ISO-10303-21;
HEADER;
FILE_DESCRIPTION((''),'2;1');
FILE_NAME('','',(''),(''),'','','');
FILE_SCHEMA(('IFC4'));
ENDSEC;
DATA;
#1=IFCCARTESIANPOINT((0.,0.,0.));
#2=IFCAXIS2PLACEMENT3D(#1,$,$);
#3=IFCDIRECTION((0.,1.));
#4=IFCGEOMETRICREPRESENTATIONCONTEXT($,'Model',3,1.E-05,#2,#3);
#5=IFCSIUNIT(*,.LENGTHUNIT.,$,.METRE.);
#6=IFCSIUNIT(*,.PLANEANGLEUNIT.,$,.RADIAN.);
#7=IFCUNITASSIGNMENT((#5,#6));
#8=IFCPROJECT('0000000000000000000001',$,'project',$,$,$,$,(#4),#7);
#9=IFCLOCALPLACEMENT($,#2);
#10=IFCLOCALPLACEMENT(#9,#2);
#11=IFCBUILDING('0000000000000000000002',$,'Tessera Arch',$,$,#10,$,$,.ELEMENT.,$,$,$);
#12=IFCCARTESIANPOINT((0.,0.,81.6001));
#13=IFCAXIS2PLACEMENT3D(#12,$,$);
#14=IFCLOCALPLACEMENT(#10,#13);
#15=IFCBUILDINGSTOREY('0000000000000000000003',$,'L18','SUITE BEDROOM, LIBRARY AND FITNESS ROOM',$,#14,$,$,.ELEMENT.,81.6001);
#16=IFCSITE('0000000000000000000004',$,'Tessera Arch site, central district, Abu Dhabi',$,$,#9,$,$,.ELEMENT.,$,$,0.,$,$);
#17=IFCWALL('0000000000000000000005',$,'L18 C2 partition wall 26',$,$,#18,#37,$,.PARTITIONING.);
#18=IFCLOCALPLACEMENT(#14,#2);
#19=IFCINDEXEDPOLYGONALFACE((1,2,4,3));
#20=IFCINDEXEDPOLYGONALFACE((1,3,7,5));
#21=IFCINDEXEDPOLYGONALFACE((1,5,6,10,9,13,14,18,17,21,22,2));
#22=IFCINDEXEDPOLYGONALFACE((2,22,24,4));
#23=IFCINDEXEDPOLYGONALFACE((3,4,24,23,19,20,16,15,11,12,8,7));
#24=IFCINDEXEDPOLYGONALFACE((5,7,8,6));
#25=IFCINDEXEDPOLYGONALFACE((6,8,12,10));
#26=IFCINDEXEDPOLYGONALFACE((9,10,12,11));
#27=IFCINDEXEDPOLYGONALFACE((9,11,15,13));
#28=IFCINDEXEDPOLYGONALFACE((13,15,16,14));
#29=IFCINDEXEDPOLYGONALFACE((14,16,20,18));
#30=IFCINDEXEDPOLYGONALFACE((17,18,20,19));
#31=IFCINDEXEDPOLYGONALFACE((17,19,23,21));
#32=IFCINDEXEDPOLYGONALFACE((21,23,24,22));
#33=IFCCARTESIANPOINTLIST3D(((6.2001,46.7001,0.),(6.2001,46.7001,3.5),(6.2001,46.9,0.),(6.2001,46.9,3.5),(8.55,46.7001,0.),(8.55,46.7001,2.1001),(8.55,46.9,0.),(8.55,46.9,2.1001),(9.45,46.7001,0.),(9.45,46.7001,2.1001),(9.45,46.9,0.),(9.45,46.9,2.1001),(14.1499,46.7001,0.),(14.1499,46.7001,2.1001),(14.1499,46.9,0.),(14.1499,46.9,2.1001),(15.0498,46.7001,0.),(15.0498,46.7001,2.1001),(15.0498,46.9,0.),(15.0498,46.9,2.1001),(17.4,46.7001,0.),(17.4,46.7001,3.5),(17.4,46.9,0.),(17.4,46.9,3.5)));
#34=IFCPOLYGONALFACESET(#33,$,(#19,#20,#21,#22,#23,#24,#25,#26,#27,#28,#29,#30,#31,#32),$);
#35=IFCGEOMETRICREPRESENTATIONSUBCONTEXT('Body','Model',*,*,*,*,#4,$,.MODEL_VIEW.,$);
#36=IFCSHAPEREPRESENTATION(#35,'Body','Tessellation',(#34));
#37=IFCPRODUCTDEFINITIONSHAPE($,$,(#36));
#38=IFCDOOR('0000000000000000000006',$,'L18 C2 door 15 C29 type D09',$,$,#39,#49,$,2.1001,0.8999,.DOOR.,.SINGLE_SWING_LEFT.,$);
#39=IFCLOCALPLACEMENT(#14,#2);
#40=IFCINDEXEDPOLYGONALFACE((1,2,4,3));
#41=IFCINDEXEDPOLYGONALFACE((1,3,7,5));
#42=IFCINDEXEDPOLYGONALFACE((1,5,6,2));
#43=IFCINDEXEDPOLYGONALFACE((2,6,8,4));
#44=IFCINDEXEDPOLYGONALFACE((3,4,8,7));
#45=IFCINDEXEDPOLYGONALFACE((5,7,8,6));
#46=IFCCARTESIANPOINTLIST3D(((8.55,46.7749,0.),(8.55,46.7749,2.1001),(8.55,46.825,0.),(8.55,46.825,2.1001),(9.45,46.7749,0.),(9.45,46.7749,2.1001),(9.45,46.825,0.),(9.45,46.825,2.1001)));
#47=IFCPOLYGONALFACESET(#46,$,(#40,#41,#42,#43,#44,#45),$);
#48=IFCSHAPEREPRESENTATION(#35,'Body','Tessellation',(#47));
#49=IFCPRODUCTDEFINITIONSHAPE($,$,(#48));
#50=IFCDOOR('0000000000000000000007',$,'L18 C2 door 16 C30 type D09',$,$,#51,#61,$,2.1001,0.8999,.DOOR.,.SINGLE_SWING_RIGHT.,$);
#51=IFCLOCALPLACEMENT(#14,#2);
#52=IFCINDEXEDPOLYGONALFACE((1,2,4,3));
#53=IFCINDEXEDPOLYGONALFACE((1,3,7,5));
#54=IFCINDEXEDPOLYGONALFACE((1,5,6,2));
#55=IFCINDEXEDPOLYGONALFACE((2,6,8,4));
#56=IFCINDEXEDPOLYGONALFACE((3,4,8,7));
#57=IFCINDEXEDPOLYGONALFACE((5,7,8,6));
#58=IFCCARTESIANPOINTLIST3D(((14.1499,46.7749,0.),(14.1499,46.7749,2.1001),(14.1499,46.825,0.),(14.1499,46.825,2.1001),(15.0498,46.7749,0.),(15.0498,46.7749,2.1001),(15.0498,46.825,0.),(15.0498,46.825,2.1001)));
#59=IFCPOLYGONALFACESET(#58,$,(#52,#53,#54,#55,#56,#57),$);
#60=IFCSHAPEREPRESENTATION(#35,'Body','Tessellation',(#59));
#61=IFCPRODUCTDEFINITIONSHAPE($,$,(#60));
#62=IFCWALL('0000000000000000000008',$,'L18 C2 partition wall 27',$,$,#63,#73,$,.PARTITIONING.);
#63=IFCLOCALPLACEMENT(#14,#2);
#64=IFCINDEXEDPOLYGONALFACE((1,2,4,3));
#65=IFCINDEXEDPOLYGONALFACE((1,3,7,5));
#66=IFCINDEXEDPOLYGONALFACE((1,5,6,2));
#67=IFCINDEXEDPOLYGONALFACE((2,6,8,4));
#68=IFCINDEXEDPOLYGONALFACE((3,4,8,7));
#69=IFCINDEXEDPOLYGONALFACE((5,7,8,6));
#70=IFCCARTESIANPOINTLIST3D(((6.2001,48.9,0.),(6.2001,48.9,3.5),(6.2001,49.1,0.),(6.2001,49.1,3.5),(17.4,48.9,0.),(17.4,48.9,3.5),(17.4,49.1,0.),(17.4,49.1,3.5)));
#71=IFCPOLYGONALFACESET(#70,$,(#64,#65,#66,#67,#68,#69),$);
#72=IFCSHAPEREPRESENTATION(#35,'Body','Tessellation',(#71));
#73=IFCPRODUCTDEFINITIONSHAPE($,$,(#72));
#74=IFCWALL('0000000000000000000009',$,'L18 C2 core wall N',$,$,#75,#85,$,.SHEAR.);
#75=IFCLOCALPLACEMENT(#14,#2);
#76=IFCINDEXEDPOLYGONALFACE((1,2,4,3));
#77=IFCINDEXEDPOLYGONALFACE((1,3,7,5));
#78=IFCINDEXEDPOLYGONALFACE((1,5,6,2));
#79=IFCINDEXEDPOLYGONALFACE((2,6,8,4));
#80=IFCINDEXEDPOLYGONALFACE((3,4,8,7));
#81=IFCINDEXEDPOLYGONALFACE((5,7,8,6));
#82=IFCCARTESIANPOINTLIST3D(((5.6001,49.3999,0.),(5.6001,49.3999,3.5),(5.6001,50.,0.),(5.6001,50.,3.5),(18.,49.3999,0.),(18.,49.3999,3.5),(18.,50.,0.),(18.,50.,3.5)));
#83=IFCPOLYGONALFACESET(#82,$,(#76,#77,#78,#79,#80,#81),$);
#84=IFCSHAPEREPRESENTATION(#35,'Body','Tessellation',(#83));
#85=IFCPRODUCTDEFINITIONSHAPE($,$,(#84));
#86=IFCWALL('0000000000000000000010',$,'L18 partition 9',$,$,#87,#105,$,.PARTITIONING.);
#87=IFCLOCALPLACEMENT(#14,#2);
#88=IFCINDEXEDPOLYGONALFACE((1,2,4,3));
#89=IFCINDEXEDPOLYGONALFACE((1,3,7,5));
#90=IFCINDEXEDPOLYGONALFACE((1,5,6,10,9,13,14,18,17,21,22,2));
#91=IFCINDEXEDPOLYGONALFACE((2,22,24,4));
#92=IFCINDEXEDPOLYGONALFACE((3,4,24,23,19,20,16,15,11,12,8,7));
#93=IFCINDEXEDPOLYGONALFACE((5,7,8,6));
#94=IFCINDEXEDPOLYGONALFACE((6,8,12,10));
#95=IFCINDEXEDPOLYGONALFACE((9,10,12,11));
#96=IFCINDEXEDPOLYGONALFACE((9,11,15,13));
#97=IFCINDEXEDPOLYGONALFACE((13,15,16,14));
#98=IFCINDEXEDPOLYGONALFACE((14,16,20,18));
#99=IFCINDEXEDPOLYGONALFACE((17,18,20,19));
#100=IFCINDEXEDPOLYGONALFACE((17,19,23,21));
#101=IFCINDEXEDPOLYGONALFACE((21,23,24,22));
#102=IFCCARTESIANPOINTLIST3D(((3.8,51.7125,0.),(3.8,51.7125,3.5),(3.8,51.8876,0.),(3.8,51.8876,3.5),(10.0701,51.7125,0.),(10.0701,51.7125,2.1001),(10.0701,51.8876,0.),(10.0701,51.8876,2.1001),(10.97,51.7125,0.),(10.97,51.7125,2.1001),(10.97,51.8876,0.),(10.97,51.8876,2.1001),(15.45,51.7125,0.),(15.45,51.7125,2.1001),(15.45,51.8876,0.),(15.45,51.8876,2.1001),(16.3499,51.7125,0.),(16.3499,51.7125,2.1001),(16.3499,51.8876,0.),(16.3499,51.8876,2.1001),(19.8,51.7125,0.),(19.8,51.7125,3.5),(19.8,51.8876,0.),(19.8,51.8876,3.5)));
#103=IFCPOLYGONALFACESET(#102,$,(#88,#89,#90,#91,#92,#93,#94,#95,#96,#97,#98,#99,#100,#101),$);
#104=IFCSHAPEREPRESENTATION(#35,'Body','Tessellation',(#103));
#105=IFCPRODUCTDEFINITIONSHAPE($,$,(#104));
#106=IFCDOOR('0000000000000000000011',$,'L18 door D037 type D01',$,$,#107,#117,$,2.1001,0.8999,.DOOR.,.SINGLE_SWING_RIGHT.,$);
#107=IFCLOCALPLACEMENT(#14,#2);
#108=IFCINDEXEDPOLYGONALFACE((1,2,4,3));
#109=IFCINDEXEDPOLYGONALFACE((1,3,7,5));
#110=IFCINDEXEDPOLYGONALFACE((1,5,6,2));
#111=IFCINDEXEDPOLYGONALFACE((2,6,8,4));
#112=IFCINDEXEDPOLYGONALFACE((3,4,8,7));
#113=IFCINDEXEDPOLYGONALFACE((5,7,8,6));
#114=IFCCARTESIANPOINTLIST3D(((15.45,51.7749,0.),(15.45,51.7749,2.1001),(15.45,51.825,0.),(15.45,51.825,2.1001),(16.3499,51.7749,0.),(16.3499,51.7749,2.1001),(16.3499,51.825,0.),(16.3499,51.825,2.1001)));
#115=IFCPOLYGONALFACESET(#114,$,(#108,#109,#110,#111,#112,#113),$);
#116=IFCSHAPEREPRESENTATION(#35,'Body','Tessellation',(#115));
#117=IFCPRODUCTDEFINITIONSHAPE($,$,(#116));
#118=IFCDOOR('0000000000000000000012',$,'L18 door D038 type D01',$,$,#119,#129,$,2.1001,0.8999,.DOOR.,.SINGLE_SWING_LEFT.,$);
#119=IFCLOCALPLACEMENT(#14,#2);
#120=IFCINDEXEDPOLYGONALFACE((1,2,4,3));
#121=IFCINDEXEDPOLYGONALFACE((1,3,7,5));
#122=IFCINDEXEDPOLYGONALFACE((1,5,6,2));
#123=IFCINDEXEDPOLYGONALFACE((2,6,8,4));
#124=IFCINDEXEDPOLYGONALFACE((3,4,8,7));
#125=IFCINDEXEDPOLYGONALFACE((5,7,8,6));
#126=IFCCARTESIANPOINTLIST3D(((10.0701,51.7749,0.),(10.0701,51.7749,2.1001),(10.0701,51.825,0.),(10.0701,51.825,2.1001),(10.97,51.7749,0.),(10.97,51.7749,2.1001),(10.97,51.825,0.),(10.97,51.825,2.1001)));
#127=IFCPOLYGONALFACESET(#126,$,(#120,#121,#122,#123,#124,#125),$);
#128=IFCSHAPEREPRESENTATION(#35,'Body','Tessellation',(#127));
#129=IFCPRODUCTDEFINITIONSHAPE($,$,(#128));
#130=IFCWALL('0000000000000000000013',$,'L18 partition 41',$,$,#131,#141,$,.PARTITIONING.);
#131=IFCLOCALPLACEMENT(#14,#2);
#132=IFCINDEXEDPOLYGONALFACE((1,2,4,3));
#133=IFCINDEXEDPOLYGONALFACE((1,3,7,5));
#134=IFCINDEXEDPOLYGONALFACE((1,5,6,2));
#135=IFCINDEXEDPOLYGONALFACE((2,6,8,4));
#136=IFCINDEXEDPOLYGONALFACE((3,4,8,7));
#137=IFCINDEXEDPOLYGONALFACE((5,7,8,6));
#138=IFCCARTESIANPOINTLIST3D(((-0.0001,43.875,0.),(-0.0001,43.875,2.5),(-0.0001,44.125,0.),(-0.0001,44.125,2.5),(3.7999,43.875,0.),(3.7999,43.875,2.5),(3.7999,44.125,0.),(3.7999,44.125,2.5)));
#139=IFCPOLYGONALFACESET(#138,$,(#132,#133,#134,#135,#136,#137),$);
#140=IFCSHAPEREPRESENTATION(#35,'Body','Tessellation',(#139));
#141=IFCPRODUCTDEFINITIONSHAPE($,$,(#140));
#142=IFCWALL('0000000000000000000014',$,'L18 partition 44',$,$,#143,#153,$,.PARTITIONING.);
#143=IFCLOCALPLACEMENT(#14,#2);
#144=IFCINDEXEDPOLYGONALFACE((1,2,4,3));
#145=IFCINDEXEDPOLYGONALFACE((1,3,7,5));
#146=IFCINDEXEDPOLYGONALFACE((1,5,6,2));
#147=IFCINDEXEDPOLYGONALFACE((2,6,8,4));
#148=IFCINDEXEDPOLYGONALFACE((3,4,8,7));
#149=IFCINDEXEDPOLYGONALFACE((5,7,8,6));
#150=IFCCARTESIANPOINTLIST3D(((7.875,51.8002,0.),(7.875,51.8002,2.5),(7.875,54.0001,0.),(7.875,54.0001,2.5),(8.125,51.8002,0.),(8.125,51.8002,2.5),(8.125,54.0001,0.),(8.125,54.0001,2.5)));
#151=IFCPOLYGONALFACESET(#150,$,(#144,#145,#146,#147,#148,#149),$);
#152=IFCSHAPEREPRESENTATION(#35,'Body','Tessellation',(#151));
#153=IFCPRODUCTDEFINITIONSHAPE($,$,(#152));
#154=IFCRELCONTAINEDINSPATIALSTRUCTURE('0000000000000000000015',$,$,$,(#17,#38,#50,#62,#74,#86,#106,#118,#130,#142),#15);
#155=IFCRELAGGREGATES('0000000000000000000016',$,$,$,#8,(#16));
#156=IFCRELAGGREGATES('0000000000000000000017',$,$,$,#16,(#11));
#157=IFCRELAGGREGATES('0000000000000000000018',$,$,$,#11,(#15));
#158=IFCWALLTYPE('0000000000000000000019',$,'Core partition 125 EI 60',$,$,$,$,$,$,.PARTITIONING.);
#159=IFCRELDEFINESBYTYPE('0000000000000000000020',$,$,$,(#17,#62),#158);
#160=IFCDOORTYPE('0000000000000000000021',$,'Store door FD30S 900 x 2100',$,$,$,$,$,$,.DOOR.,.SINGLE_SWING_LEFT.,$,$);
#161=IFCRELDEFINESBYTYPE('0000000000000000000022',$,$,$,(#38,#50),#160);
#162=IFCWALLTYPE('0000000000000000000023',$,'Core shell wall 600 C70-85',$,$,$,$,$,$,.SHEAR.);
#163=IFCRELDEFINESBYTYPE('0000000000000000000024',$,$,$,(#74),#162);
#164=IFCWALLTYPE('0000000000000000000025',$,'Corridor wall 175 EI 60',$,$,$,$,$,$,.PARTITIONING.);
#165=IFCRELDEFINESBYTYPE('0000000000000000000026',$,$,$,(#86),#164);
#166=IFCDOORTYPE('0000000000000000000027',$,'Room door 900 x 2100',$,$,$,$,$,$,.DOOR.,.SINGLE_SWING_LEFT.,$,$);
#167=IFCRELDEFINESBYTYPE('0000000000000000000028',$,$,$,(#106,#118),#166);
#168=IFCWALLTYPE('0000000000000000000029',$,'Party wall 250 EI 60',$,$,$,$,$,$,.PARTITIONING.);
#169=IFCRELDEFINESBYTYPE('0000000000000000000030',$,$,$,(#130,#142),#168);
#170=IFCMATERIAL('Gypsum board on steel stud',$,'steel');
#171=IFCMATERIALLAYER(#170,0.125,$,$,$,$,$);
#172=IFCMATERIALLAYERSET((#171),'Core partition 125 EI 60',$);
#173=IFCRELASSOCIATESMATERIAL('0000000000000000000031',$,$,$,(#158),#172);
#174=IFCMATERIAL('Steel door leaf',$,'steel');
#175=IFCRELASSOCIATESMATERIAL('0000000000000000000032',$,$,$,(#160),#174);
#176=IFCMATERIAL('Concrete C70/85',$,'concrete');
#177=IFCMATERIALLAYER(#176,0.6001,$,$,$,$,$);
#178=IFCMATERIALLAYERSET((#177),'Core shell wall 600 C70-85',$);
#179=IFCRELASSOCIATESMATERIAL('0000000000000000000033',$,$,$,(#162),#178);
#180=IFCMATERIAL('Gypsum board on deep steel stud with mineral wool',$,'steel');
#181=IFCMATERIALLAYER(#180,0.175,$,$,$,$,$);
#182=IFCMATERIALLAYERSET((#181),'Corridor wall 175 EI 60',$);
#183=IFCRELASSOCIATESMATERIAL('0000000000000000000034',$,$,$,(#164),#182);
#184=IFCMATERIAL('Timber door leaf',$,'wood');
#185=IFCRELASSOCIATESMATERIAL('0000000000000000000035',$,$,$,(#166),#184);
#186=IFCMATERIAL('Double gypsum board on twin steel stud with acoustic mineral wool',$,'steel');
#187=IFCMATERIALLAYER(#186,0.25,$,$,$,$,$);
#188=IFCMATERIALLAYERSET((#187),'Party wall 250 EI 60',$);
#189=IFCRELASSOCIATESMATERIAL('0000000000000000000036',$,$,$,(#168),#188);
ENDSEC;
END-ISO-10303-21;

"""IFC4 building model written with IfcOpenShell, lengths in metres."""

from ifc_helpers import new_model, si_unit, direction, frame, frame_2d, origin, place, context, subcontext, project, spatial, rectangle, extrude, material, layer, layer_set, type_object, element, fill, save


model = new_model("IFC4")

# Units and contexts
model_context = context("Model", 3, precision=1e-05, world=origin(), true_north=direction((0.0, 1.0)))
body_context = subcontext(model_context, "Body", "Model", "MODEL_VIEW")
ifc_project = project(units=[si_unit("LENGTHUNIT", "METRE"), si_unit("PLANEANGLEUNIT", "RADIAN")], contexts=[model_context])

# Site, building, storey
site_placement = place(None, origin())
site = spatial("IfcSite", under=ifc_project, at=site_placement, Name="Tessera Arch site, central district, Abu Dhabi", CompositionType="ELEMENT", RefElevation=0.0)
building_placement = place(site_placement, origin())
building = spatial("IfcBuilding", under=site, at=building_placement, Name="Tessera Arch", CompositionType="ELEMENT")
storey_placement = place(building_placement, frame((0.0, 0.0, 81.6001)))
storey = spatial("IfcBuildingStorey", under=building, at=storey_placement, Name="L18", Description="SUITE BEDROOM, LIBRARY AND FITNESS ROOM", CompositionType="ELEMENT", Elevation=81.6001)

# Wall, openings, doors
ifc_material_1 = material(Name="Gypsum board on steel stud", Category="steel")
ifc_layer_1 = layer(ifc_material_1, 0.125)
ifc_layer_set_1 = layer_set([ifc_layer_1], Name="Core partition 125 EI 60")
wall_type_1 = type_object("IfcWallType", Name="Core partition 125 EI 60", PredefinedType="PARTITIONING", material=ifc_layer_set_1)
wall_1_placement = place(storey_placement, frame((6.2, 46.8, 0.0), z_axis=(0.0, 0.0, 1.0), x_axis=(1.0, 0.0, 0.0)))
wall_1 = element("IfcWall", 1, at=wall_1_placement, inside=storey, type_object=wall_type_1, Name="L18 C2 partition wall 26", PredefinedType="PARTITIONING", context=body_context, shape_type="SweptSolid", body=[
    extrude(rectangle(XDim=11.2, YDim=0.2, at=frame_2d((5.6001, 0.0))), origin(), (0.0, 0.0, 1.0), 3.5),
])
opening_1_placement = place(wall_1_placement, frame((2.3501, 0.0, 0.0)))
opening_1 = element("IfcOpeningElement", 2, at=opening_1_placement, cuts=wall_1, PredefinedType="OPENING", context=body_context, shape_type="SweptSolid", body=[
    extrude(rectangle(XDim=0.8999, YDim=2.1001, at=frame_2d((0.45, 1.05))), frame((0.0, 0.1099, 0.0), z_axis=(0.0, -1.0, 0.0), x_axis=(1.0, 0.0, 0.0)), (0.0, 0.0, 1.0), 0.22),
])
opening_2_placement = place(wall_1_placement, frame((7.95, 0.0, 0.0)))
opening_2 = element("IfcOpeningElement", 3, at=opening_2_placement, cuts=wall_1, PredefinedType="OPENING", context=body_context, shape_type="SweptSolid", body=[
    extrude(rectangle(XDim=0.8999, YDim=2.1001, at=frame_2d((0.45, 1.05))), frame((0.0, 0.1099, 0.0), z_axis=(0.0, -1.0, 0.0), x_axis=(1.0, 0.0, 0.0)), (0.0, 0.0, 1.0), 0.22),
])
ifc_material_2 = material(Name="Steel door leaf", Category="steel")
door_type_1 = type_object("IfcDoorType", Name="Store door FD30S 900 x 2100", OperationType="SINGLE_SWING_LEFT", PredefinedType="DOOR", material=ifc_material_2)
door_1_placement = place(opening_1_placement, origin())
door_1 = element("IfcDoor", 4, at=door_1_placement, inside=storey, type_object=door_type_1, Name="L18 C2 door 15 C29 type D09", OperationType="SINGLE_SWING_LEFT", OverallHeight=2.1001, OverallWidth=0.8999, PredefinedType="DOOR", context=body_context, shape_type="SweptSolid", body=[
    extrude(rectangle(XDim=0.8999, YDim=2.1001, at=frame_2d((0.45, 1.05))), frame((0.0, 0.0249, 0.0), z_axis=(0.0, -1.0, 0.0), x_axis=(1.0, 0.0, 0.0)), (0.0, 0.0, 1.0), 0.05),
])
fill(opening_1, door_1)
door_2_placement = place(opening_2_placement, origin())
door_2 = element("IfcDoor", 5, at=door_2_placement, inside=storey, type_object=door_type_1, Name="L18 C2 door 16 C30 type D09", OperationType="SINGLE_SWING_RIGHT", OverallHeight=2.1001, OverallWidth=0.8999, PredefinedType="DOOR", context=body_context, shape_type="SweptSolid", body=[
    extrude(rectangle(XDim=0.8999, YDim=2.1001, at=frame_2d((0.45, 1.05))), frame((0.0, 0.0249, 0.0), z_axis=(0.0, -1.0, 0.0), x_axis=(1.0, 0.0, 0.0)), (0.0, 0.0, 1.0), 0.05),
])
fill(opening_2, door_2)

# Walls
wall_2_placement = place(storey_placement, frame((6.2, 49.0, 0.0), z_axis=(0.0, 0.0, 1.0), x_axis=(1.0, 0.0, 0.0)))
element("IfcWall", 6, at=wall_2_placement, inside=storey, type_object=wall_type_1, Name="L18 C2 partition wall 27", PredefinedType="PARTITIONING", context=body_context, shape_type="SweptSolid", body=[
    extrude(rectangle(XDim=11.2, YDim=0.2, at=frame_2d((5.6001, 0.0))), origin(), (0.0, 0.0, 1.0), 3.5),
])
ifc_material_3 = material(Name="Concrete C70/85", Category="concrete")
ifc_layer_2 = layer(ifc_material_3, 0.6001)
ifc_layer_set_2 = layer_set([ifc_layer_2], Name="Core shell wall 600 C70-85")
wall_type_2 = type_object("IfcWallType", Name="Core shell wall 600 C70-85", PredefinedType="SHEAR", material=ifc_layer_set_2)
wall_3_placement = place(storey_placement, frame((5.6001, 49.7, 0.0), z_axis=(0.0, 0.0, 1.0), x_axis=(1.0, 0.0, 0.0)))
element("IfcWall", 7, at=wall_3_placement, inside=storey, type_object=wall_type_2, Name="L18 C2 core wall N", PredefinedType="SHEAR", context=body_context, shape_type="SweptSolid", body=[
    extrude(rectangle(XDim=12.3999, YDim=0.6001, at=frame_2d((6.2, 0.0))), origin(), (0.0, 0.0, 1.0), 3.5),
])

# Wall, openings, doors
ifc_material_4 = material(Name="Gypsum board on deep steel stud with mineral wool", Category="steel")
ifc_layer_3 = layer(ifc_material_4, 0.175)
ifc_layer_set_3 = layer_set([ifc_layer_3], Name="Corridor wall 175 EI 60")
wall_type_3 = type_object("IfcWallType", Name="Corridor wall 175 EI 60", PredefinedType="PARTITIONING", material=ifc_layer_set_3)
wall_4_placement = place(storey_placement, frame((3.8, 51.8, 0.0), z_axis=(0.0, 0.0, 1.0), x_axis=(1.0, 0.0, 0.0)))
wall_4 = element("IfcWall", 8, at=wall_4_placement, inside=storey, type_object=wall_type_3, Name="L18 partition 9", PredefinedType="PARTITIONING", context=body_context, shape_type="SweptSolid", body=[
    extrude(rectangle(XDim=16.0, YDim=0.175, at=frame_2d((8.0, 0.0))), origin(), (0.0, 0.0, 1.0), 3.5),
])
opening_3_placement = place(wall_4_placement, frame((11.6499, 0.0, 0.0)))
opening_3 = element("IfcOpeningElement", 9, at=opening_3_placement, cuts=wall_4, PredefinedType="OPENING", context=body_context, shape_type="SweptSolid", body=[
    extrude(rectangle(XDim=0.8999, YDim=2.1001, at=frame_2d((0.45, 1.05))), frame((0.0, 0.0974, 0.0), z_axis=(0.0, -1.0, 0.0), x_axis=(1.0, 0.0, 0.0)), (0.0, 0.0, 1.0), 0.1951),
])
opening_4_placement = place(wall_4_placement, frame((6.27, 0.0, 0.0)))
opening_4 = element("IfcOpeningElement", 10, at=opening_4_placement, cuts=wall_4, PredefinedType="OPENING", context=body_context, shape_type="SweptSolid", body=[
    extrude(rectangle(XDim=0.8999, YDim=2.1001, at=frame_2d((0.45, 1.05))), frame((0.0, 0.0974, 0.0), z_axis=(0.0, -1.0, 0.0), x_axis=(1.0, 0.0, 0.0)), (0.0, 0.0, 1.0), 0.1951),
])
ifc_material_5 = material(Name="Timber door leaf", Category="wood")
door_type_2 = type_object("IfcDoorType", Name="Room door 900 x 2100", OperationType="SINGLE_SWING_LEFT", PredefinedType="DOOR", material=ifc_material_5)
door_3_placement = place(opening_3_placement, origin())
door_3 = element("IfcDoor", 11, at=door_3_placement, inside=storey, type_object=door_type_2, Name="L18 door D037 type D01", OperationType="SINGLE_SWING_RIGHT", OverallHeight=2.1001, OverallWidth=0.8999, PredefinedType="DOOR", context=body_context, shape_type="SweptSolid", body=[
    extrude(rectangle(XDim=0.8999, YDim=2.1001, at=frame_2d((0.45, 1.05))), frame((0.0, 0.0249, 0.0), z_axis=(0.0, -1.0, 0.0), x_axis=(1.0, 0.0, 0.0)), (0.0, 0.0, 1.0), 0.05),
])
fill(opening_3, door_3)
door_4_placement = place(opening_4_placement, origin())
door_4 = element("IfcDoor", 12, at=door_4_placement, inside=storey, type_object=door_type_2, Name="L18 door D038 type D01", OperationType="SINGLE_SWING_LEFT", OverallHeight=2.1001, OverallWidth=0.8999, PredefinedType="DOOR", context=body_context, shape_type="SweptSolid", body=[
    extrude(rectangle(XDim=0.8999, YDim=2.1001, at=frame_2d((0.45, 1.05))), frame((0.0, 0.0249, 0.0), z_axis=(0.0, -1.0, 0.0), x_axis=(1.0, 0.0, 0.0)), (0.0, 0.0, 1.0), 0.05),
])
fill(opening_4, door_4)

# Walls
ifc_material_6 = material(Name="Double gypsum board on twin steel stud with acoustic mineral wool", Category="steel")
ifc_layer_4 = layer(ifc_material_6, 0.25)
ifc_layer_set_4 = layer_set([ifc_layer_4], Name="Party wall 250 EI 60")
wall_type_4 = type_object("IfcWallType", Name="Party wall 250 EI 60", PredefinedType="PARTITIONING", material=ifc_layer_set_4)
wall_5_placement = place(storey_placement, frame((0.0, 44.0, 0.0), z_axis=(0.0, 0.0, 1.0), x_axis=(1.0, 0.0, 0.0)))
element("IfcWall", 13, at=wall_5_placement, inside=storey, type_object=wall_type_4, Name="L18 partition 41", PredefinedType="PARTITIONING", context=body_context, shape_type="SweptSolid", body=[
    extrude(rectangle(XDim=3.8, YDim=0.25, at=frame_2d((1.8999, 0.0))), origin(), (0.0, 0.0, 1.0), 2.5),
])
wall_6_placement = place(storey_placement, frame((8.0, 51.8, 0.0), z_axis=(0.0, 0.0, 1.0), x_axis=(0.0, 1.0, 0.0)))
element("IfcWall", 14, at=wall_6_placement, inside=storey, type_object=wall_type_4, Name="L18 partition 44", PredefinedType="PARTITIONING", context=body_context, shape_type="SweptSolid", body=[
    extrude(rectangle(XDim=2.2, YDim=0.25, at=frame_2d((1.1001, 0.0))), origin(), (0.0, 0.0, 1.0), 2.5),
])

save(model, "model.ifc")
